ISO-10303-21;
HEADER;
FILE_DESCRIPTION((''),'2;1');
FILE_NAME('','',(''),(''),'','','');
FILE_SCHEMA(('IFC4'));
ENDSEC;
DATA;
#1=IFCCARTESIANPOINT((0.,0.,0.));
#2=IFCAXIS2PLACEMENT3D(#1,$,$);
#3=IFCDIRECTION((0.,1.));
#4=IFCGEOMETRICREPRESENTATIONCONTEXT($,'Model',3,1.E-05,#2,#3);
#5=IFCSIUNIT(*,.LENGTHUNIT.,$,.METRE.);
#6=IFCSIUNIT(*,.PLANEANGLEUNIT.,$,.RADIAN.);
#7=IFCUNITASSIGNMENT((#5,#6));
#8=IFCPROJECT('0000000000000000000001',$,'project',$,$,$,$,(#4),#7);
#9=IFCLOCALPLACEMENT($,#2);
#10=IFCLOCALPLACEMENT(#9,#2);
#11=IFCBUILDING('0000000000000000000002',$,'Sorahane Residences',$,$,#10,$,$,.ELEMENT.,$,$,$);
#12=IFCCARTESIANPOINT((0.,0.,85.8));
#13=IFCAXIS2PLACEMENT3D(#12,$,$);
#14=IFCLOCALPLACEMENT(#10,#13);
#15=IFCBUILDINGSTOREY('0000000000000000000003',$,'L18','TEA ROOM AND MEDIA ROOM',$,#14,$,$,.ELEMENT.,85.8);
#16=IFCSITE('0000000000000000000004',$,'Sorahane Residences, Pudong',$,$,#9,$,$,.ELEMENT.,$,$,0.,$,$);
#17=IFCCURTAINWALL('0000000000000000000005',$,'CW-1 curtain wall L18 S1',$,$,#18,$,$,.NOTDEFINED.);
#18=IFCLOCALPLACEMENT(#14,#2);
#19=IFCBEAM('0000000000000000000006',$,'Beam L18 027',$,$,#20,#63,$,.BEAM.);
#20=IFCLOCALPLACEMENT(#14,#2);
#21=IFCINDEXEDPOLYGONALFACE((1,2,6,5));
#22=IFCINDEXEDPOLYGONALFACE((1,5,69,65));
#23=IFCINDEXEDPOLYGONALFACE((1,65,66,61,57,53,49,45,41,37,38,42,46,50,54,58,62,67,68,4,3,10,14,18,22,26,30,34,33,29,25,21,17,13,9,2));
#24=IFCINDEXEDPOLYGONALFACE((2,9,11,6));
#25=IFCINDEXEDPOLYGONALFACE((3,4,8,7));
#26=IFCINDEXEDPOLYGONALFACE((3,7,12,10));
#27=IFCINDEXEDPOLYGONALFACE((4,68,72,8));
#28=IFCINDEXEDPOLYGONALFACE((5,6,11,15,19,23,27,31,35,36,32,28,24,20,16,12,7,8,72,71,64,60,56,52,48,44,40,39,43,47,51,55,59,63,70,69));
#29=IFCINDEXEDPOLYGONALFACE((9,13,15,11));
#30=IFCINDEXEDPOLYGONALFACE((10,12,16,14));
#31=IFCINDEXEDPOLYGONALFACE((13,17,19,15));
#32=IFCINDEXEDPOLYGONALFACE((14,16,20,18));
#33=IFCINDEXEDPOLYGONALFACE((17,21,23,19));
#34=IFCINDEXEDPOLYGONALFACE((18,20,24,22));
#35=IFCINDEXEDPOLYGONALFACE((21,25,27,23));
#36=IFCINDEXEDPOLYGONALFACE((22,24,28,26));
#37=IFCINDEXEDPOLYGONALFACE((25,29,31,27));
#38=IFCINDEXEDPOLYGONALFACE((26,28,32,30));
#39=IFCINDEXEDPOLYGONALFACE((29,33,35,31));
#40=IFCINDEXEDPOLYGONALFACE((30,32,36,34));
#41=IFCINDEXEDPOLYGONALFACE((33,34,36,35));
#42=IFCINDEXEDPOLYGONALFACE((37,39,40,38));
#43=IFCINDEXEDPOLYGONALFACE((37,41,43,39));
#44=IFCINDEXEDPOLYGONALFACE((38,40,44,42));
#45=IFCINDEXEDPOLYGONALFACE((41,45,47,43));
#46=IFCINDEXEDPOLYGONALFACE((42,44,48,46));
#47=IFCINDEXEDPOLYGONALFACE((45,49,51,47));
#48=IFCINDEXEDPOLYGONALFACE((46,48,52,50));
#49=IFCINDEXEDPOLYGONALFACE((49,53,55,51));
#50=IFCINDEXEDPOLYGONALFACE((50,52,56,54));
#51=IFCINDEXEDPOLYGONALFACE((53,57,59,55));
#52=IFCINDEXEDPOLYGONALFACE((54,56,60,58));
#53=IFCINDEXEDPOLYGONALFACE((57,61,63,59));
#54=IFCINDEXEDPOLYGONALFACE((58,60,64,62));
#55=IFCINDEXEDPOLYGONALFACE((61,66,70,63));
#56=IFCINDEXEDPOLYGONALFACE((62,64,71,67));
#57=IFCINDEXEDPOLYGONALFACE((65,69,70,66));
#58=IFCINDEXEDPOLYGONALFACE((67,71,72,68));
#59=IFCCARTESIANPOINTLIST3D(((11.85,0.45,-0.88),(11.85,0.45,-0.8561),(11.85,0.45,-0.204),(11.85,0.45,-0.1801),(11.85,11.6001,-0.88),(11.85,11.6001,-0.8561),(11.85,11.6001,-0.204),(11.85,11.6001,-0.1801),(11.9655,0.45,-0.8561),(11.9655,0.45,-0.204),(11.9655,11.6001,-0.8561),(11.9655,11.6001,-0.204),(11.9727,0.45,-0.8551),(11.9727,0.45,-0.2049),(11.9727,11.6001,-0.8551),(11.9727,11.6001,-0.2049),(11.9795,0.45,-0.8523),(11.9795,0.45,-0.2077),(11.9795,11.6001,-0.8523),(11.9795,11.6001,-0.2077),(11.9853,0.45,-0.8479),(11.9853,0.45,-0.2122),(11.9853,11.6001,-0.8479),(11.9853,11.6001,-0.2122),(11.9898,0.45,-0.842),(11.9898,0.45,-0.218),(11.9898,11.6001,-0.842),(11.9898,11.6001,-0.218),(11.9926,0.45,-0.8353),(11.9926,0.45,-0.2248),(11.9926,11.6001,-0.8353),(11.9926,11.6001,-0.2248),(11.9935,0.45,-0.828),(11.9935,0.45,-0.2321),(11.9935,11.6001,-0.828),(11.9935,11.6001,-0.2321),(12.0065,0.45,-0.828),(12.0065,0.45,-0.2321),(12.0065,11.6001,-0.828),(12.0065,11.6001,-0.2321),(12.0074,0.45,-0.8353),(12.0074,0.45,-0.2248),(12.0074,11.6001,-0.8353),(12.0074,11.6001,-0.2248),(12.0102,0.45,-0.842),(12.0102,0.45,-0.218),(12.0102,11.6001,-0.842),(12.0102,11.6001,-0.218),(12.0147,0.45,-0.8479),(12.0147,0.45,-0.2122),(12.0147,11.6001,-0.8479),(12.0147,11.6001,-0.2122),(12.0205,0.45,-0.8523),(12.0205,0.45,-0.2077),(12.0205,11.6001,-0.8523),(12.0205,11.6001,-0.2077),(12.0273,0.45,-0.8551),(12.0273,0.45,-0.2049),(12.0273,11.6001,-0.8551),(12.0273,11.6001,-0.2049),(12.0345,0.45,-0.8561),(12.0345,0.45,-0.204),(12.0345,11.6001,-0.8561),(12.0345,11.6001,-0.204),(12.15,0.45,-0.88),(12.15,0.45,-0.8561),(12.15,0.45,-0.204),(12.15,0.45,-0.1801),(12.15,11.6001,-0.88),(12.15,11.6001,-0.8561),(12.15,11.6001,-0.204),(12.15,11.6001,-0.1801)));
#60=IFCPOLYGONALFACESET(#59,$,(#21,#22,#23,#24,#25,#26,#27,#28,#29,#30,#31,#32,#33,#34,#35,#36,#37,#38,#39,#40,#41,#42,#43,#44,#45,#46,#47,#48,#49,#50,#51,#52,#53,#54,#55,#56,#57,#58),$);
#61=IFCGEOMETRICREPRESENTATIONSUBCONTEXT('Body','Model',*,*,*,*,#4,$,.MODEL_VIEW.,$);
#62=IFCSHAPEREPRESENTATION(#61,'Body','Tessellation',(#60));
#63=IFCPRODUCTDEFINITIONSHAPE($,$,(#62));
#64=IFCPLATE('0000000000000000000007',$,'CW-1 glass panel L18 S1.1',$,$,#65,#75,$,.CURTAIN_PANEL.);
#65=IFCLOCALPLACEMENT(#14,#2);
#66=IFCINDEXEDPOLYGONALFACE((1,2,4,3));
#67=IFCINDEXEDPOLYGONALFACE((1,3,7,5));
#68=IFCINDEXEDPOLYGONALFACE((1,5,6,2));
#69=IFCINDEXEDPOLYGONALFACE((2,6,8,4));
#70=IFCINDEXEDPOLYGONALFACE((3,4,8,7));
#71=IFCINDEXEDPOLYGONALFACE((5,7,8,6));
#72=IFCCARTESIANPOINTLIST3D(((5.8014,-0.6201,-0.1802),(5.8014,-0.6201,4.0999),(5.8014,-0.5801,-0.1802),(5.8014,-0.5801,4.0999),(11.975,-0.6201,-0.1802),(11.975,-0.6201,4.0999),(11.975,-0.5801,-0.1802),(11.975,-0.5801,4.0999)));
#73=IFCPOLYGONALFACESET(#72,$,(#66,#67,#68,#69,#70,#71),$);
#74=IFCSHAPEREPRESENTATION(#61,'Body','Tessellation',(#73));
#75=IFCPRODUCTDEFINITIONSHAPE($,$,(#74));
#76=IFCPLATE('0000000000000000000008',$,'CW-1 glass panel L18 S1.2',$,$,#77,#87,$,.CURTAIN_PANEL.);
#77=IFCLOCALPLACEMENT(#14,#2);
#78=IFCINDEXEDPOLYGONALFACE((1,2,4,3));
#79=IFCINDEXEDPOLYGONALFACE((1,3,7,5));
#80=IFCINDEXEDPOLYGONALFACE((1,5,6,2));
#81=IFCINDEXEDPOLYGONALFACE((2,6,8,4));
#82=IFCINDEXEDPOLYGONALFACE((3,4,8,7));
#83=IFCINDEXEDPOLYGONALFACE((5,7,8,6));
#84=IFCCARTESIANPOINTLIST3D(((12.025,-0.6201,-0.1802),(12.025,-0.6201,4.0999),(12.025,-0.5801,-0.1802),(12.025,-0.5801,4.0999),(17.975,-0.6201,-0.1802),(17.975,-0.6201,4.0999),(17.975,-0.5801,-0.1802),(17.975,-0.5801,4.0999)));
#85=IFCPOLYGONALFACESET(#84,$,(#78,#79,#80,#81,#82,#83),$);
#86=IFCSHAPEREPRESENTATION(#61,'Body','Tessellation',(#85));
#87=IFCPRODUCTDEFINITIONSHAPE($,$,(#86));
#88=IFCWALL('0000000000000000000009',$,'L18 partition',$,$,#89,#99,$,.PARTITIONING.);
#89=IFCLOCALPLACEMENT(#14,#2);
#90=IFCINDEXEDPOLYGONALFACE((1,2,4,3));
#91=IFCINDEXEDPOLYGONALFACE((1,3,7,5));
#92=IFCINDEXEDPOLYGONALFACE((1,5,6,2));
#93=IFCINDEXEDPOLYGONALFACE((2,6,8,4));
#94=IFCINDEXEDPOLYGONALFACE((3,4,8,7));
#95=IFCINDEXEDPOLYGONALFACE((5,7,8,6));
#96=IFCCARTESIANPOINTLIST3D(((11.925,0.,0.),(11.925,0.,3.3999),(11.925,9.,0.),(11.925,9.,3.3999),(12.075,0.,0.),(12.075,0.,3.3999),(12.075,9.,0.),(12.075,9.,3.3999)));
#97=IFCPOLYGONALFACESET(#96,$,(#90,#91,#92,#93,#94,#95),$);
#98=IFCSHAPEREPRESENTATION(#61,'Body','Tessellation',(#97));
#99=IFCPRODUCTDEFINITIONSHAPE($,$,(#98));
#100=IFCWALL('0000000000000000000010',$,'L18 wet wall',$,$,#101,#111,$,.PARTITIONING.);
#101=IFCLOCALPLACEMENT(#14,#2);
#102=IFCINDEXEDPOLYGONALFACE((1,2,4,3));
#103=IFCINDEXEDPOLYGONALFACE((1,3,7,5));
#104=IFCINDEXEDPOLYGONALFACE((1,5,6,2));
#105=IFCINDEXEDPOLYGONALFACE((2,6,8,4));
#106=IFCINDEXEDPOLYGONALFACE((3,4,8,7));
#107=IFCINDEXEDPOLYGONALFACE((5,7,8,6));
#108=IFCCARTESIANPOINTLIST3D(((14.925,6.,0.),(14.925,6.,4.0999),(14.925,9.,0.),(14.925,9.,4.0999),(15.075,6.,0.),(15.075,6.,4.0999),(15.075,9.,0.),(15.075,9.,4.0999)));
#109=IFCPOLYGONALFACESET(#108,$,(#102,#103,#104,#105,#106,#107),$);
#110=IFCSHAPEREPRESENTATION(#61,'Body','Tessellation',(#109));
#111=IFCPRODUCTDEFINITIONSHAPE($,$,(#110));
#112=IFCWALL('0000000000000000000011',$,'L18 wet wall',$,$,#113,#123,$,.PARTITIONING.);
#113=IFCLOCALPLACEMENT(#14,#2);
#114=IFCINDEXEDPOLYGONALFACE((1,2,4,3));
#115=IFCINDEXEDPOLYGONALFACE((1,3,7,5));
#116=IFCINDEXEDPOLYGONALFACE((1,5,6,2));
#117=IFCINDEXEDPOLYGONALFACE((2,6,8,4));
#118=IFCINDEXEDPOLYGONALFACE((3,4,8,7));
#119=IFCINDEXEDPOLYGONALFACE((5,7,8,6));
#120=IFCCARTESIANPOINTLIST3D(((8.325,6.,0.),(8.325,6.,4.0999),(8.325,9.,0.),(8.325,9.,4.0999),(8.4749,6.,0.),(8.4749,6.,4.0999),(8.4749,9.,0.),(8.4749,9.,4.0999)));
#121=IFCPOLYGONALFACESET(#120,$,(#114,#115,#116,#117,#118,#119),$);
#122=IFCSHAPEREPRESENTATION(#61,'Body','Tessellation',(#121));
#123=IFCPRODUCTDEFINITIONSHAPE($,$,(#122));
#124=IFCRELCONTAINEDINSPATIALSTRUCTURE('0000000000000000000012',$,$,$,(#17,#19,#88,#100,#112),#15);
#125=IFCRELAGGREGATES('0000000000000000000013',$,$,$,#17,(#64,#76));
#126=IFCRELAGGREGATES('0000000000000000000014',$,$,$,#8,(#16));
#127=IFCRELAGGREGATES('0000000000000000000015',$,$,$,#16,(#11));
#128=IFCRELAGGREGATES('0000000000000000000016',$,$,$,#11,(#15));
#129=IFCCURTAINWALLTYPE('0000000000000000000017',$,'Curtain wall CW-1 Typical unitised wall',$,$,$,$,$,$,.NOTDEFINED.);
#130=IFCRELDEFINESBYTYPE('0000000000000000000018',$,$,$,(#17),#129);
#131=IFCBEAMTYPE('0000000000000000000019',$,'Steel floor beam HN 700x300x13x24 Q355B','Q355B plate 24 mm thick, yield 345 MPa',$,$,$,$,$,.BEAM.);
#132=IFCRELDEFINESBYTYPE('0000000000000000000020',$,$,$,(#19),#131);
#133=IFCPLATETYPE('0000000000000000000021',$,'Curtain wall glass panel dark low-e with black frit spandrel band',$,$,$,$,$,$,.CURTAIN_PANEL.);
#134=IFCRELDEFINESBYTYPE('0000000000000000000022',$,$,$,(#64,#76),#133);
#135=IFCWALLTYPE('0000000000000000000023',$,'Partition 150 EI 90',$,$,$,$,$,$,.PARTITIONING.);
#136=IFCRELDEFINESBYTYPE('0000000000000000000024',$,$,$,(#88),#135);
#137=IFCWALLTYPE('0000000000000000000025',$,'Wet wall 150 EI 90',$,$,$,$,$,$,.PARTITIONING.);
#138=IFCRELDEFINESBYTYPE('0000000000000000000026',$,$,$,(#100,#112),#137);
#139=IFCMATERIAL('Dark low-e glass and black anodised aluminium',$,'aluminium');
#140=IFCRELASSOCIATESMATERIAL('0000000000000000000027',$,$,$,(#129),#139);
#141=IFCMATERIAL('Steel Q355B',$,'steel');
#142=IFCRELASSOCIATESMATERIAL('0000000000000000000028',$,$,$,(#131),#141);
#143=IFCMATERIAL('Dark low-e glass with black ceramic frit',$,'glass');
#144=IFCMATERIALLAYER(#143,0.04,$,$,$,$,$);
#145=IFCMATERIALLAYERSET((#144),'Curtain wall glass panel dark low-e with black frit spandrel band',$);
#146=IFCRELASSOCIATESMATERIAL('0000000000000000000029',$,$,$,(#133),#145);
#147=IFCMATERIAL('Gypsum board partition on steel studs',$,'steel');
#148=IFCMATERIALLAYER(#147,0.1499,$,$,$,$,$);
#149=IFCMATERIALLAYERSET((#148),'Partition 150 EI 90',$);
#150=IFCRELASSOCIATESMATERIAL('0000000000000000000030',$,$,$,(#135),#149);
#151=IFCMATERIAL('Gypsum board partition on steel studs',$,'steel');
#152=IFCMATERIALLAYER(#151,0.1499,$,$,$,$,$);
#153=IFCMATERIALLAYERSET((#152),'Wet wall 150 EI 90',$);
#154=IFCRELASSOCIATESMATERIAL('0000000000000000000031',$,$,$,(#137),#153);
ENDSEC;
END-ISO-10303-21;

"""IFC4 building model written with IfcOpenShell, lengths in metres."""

from ifc_helpers import new_model, si_unit, direction, frame, frame_2d, origin, origin_2d, place, context, subcontext, project, spatial, rectangle, i_section, extrude, material, layer, layer_set, material_profile, profile_set, type_object, element, aggregate, save


model = new_model("IFC4")

# Units and contexts
model_context = context("Model", 3, precision=1e-05, world=origin(), true_north=direction((0.0, 1.0)))
body_context = subcontext(model_context, "Body", "Model", "MODEL_VIEW")
ifc_project = project(units=[si_unit("LENGTHUNIT", "METRE"), si_unit("PLANEANGLEUNIT", "RADIAN")], contexts=[model_context])

# Site, building, storey
site_placement = place(None, origin())
site = spatial("IfcSite", under=ifc_project, at=site_placement, Name="Sorahane Residences, Pudong", CompositionType="ELEMENT", RefElevation=0.0)
building_placement = place(site_placement, origin())
building = spatial("IfcBuilding", under=site, at=building_placement, Name="Sorahane Residences", CompositionType="ELEMENT")
storey_placement = place(building_placement, frame((0.0, 0.0, 85.8)))
storey = spatial("IfcBuildingStorey", under=building, at=storey_placement, Name="L18", Description="TEA ROOM AND MEDIA ROOM", CompositionType="ELEMENT", Elevation=85.8)

# Curtain wall
ifc_material_1 = material(Name="Dark low-e glass and black anodised aluminium", Category="aluminium")
curtain_wall_type = type_object("IfcCurtainWallType", Name="Curtain wall CW-1 Typical unitised wall", PredefinedType="NOTDEFINED", material=ifc_material_1)
curtain_wall_placement = place(storey_placement, origin())
curtain_wall = element("IfcCurtainWall", 1, at=curtain_wall_placement, inside=storey, type_object=curtain_wall_type, Name="CW-1 curtain wall L18 S1", PredefinedType="NOTDEFINED")

# Beam
ifc_material_2 = material(Name="Steel Q355B", Category="steel")
ifc_material_profile_1 = material_profile(ifc_material_2, i_section(OverallWidth=0.3, OverallDepth=0.7, WebThickness=0.0129, FlangeThickness=0.0239, FilletRadius=0.0281, at=origin_2d()), Name="HN 700x300x13x24")
ifc_profile_set_1 = profile_set([ifc_material_profile_1], Name="Steel Q355B")
beam_type_1 = type_object("IfcBeamType", Name="Steel floor beam HN 700x300x13x24 Q355B", Description="Q355B plate 24 mm thick, yield 345 MPa", PredefinedType="BEAM", material=ifc_profile_set_1)
beam_1_placement = place(storey_placement, frame((12.0, 0.45, -0.53), z_axis=(0.0, 1.0, 0.0), x_axis=(-1.0, 0.0, 0.0)))
element("IfcBeam", 2, at=beam_1_placement, inside=storey, type_object=beam_type_1, Name="Beam L18 027", PredefinedType="BEAM", context=body_context, shape_type="SweptSolid", body=[
    extrude(i_section(OverallWidth=0.3, OverallDepth=0.7, WebThickness=0.0129, FlangeThickness=0.0239, FilletRadius=0.0281, at=origin_2d()), origin(), (0.0, 0.0, 1.0), 11.1501),
])

# Plates
ifc_material_3 = material(Name="Dark low-e glass with black ceramic frit", Category="glass")
ifc_layer_1 = layer(ifc_material_3, 0.04)
ifc_layer_set_1 = layer_set([ifc_layer_1], Name="Curtain wall glass panel dark low-e with black frit spandrel band")
plate_type = type_object("IfcPlateType", Name="Curtain wall glass panel dark low-e with black frit spandrel band", PredefinedType="CURTAIN_PANEL", material=ifc_layer_set_1)
plate_1_placement = place(storey_placement, frame((8.8882, -0.6001, -0.1802), z_axis=(0.0, 0.0, 1.0), x_axis=(1.0, 0.0, 0.0)))
plate_1 = element("IfcPlate", 3, at=plate_1_placement, type_object=plate_type, Name="CW-1 glass panel L18 S1.1", PredefinedType="CURTAIN_PANEL", context=body_context, shape_type="SweptSolid", body=[
    extrude(rectangle(XDim=6.1736, YDim=0.04, at=origin_2d()), origin(), (0.0, 0.0, 1.0), 4.28),
])
plate_2_placement = place(storey_placement, frame((15.0, -0.6001, -0.1802), z_axis=(0.0, 0.0, 1.0), x_axis=(1.0, 0.0, 0.0)))
plate_2 = element("IfcPlate", 4, at=plate_2_placement, type_object=plate_type, Name="CW-1 glass panel L18 S1.2", PredefinedType="CURTAIN_PANEL", context=body_context, shape_type="SweptSolid", body=[
    extrude(rectangle(XDim=5.95, YDim=0.04, at=origin_2d()), origin(), (0.0, 0.0, 1.0), 4.28),
])
aggregate(curtain_wall, [plate_1, plate_2])

# Wall
ifc_material_4 = material(Name="Gypsum board partition on steel studs", Category="steel")
ifc_layer_2 = layer(ifc_material_4, 0.1499)
ifc_layer_set_2 = layer_set([ifc_layer_2], Name="Partition 150 EI 90")
wall_type_1 = type_object("IfcWallType", Name="Partition 150 EI 90", PredefinedType="PARTITIONING", material=ifc_layer_set_2)
wall_1_placement = place(storey_placement, frame((12.0, 0.0, 0.0), z_axis=(0.0, 0.0, 1.0), x_axis=(0.0, 1.0, 0.0)))
element("IfcWall", 5, at=wall_1_placement, inside=storey, type_object=wall_type_1, Name="L18 partition", PredefinedType="PARTITIONING", context=body_context, shape_type="SweptSolid", body=[
    extrude(rectangle(XDim=9.0, YDim=0.1499, at=frame_2d((4.5, 0.0))), origin(), (0.0, 0.0, 1.0), 3.3999),
])

# Walls
ifc_material_5 = material(Name="Gypsum board partition on steel studs", Category="steel")
ifc_layer_3 = layer(ifc_material_5, 0.1499)
ifc_layer_set_3 = layer_set([ifc_layer_3], Name="Wet wall 150 EI 90")
wall_type_2 = type_object("IfcWallType", Name="Wet wall 150 EI 90", PredefinedType="PARTITIONING", material=ifc_layer_set_3)
for number, where, z_axis, x_axis, name in (
    (6, (15.0, 6.0, 0.0), (0.0, 0.0, 1.0), (0.0, 1.0, 0.0), "L18 wet wall"),
    (7, (8.3999, 6.0, 0.0), (0.0, 0.0, 1.0), (0.0, 1.0, 0.0), "L18 wet wall"),
):
    element("IfcWall", number, at=place(storey_placement, frame(where, z_axis=z_axis, x_axis=x_axis)), inside=storey, type_object=wall_type_2, Name=name, PredefinedType="PARTITIONING", context=body_context, shape_type="SweptSolid", body=[
        extrude(rectangle(XDim=3.0, YDim=0.1499, at=frame_2d((1.5, 0.0))), origin(), (0.0, 0.0, 1.0), 4.0999),
    ])

save(model, "model.ifc")
